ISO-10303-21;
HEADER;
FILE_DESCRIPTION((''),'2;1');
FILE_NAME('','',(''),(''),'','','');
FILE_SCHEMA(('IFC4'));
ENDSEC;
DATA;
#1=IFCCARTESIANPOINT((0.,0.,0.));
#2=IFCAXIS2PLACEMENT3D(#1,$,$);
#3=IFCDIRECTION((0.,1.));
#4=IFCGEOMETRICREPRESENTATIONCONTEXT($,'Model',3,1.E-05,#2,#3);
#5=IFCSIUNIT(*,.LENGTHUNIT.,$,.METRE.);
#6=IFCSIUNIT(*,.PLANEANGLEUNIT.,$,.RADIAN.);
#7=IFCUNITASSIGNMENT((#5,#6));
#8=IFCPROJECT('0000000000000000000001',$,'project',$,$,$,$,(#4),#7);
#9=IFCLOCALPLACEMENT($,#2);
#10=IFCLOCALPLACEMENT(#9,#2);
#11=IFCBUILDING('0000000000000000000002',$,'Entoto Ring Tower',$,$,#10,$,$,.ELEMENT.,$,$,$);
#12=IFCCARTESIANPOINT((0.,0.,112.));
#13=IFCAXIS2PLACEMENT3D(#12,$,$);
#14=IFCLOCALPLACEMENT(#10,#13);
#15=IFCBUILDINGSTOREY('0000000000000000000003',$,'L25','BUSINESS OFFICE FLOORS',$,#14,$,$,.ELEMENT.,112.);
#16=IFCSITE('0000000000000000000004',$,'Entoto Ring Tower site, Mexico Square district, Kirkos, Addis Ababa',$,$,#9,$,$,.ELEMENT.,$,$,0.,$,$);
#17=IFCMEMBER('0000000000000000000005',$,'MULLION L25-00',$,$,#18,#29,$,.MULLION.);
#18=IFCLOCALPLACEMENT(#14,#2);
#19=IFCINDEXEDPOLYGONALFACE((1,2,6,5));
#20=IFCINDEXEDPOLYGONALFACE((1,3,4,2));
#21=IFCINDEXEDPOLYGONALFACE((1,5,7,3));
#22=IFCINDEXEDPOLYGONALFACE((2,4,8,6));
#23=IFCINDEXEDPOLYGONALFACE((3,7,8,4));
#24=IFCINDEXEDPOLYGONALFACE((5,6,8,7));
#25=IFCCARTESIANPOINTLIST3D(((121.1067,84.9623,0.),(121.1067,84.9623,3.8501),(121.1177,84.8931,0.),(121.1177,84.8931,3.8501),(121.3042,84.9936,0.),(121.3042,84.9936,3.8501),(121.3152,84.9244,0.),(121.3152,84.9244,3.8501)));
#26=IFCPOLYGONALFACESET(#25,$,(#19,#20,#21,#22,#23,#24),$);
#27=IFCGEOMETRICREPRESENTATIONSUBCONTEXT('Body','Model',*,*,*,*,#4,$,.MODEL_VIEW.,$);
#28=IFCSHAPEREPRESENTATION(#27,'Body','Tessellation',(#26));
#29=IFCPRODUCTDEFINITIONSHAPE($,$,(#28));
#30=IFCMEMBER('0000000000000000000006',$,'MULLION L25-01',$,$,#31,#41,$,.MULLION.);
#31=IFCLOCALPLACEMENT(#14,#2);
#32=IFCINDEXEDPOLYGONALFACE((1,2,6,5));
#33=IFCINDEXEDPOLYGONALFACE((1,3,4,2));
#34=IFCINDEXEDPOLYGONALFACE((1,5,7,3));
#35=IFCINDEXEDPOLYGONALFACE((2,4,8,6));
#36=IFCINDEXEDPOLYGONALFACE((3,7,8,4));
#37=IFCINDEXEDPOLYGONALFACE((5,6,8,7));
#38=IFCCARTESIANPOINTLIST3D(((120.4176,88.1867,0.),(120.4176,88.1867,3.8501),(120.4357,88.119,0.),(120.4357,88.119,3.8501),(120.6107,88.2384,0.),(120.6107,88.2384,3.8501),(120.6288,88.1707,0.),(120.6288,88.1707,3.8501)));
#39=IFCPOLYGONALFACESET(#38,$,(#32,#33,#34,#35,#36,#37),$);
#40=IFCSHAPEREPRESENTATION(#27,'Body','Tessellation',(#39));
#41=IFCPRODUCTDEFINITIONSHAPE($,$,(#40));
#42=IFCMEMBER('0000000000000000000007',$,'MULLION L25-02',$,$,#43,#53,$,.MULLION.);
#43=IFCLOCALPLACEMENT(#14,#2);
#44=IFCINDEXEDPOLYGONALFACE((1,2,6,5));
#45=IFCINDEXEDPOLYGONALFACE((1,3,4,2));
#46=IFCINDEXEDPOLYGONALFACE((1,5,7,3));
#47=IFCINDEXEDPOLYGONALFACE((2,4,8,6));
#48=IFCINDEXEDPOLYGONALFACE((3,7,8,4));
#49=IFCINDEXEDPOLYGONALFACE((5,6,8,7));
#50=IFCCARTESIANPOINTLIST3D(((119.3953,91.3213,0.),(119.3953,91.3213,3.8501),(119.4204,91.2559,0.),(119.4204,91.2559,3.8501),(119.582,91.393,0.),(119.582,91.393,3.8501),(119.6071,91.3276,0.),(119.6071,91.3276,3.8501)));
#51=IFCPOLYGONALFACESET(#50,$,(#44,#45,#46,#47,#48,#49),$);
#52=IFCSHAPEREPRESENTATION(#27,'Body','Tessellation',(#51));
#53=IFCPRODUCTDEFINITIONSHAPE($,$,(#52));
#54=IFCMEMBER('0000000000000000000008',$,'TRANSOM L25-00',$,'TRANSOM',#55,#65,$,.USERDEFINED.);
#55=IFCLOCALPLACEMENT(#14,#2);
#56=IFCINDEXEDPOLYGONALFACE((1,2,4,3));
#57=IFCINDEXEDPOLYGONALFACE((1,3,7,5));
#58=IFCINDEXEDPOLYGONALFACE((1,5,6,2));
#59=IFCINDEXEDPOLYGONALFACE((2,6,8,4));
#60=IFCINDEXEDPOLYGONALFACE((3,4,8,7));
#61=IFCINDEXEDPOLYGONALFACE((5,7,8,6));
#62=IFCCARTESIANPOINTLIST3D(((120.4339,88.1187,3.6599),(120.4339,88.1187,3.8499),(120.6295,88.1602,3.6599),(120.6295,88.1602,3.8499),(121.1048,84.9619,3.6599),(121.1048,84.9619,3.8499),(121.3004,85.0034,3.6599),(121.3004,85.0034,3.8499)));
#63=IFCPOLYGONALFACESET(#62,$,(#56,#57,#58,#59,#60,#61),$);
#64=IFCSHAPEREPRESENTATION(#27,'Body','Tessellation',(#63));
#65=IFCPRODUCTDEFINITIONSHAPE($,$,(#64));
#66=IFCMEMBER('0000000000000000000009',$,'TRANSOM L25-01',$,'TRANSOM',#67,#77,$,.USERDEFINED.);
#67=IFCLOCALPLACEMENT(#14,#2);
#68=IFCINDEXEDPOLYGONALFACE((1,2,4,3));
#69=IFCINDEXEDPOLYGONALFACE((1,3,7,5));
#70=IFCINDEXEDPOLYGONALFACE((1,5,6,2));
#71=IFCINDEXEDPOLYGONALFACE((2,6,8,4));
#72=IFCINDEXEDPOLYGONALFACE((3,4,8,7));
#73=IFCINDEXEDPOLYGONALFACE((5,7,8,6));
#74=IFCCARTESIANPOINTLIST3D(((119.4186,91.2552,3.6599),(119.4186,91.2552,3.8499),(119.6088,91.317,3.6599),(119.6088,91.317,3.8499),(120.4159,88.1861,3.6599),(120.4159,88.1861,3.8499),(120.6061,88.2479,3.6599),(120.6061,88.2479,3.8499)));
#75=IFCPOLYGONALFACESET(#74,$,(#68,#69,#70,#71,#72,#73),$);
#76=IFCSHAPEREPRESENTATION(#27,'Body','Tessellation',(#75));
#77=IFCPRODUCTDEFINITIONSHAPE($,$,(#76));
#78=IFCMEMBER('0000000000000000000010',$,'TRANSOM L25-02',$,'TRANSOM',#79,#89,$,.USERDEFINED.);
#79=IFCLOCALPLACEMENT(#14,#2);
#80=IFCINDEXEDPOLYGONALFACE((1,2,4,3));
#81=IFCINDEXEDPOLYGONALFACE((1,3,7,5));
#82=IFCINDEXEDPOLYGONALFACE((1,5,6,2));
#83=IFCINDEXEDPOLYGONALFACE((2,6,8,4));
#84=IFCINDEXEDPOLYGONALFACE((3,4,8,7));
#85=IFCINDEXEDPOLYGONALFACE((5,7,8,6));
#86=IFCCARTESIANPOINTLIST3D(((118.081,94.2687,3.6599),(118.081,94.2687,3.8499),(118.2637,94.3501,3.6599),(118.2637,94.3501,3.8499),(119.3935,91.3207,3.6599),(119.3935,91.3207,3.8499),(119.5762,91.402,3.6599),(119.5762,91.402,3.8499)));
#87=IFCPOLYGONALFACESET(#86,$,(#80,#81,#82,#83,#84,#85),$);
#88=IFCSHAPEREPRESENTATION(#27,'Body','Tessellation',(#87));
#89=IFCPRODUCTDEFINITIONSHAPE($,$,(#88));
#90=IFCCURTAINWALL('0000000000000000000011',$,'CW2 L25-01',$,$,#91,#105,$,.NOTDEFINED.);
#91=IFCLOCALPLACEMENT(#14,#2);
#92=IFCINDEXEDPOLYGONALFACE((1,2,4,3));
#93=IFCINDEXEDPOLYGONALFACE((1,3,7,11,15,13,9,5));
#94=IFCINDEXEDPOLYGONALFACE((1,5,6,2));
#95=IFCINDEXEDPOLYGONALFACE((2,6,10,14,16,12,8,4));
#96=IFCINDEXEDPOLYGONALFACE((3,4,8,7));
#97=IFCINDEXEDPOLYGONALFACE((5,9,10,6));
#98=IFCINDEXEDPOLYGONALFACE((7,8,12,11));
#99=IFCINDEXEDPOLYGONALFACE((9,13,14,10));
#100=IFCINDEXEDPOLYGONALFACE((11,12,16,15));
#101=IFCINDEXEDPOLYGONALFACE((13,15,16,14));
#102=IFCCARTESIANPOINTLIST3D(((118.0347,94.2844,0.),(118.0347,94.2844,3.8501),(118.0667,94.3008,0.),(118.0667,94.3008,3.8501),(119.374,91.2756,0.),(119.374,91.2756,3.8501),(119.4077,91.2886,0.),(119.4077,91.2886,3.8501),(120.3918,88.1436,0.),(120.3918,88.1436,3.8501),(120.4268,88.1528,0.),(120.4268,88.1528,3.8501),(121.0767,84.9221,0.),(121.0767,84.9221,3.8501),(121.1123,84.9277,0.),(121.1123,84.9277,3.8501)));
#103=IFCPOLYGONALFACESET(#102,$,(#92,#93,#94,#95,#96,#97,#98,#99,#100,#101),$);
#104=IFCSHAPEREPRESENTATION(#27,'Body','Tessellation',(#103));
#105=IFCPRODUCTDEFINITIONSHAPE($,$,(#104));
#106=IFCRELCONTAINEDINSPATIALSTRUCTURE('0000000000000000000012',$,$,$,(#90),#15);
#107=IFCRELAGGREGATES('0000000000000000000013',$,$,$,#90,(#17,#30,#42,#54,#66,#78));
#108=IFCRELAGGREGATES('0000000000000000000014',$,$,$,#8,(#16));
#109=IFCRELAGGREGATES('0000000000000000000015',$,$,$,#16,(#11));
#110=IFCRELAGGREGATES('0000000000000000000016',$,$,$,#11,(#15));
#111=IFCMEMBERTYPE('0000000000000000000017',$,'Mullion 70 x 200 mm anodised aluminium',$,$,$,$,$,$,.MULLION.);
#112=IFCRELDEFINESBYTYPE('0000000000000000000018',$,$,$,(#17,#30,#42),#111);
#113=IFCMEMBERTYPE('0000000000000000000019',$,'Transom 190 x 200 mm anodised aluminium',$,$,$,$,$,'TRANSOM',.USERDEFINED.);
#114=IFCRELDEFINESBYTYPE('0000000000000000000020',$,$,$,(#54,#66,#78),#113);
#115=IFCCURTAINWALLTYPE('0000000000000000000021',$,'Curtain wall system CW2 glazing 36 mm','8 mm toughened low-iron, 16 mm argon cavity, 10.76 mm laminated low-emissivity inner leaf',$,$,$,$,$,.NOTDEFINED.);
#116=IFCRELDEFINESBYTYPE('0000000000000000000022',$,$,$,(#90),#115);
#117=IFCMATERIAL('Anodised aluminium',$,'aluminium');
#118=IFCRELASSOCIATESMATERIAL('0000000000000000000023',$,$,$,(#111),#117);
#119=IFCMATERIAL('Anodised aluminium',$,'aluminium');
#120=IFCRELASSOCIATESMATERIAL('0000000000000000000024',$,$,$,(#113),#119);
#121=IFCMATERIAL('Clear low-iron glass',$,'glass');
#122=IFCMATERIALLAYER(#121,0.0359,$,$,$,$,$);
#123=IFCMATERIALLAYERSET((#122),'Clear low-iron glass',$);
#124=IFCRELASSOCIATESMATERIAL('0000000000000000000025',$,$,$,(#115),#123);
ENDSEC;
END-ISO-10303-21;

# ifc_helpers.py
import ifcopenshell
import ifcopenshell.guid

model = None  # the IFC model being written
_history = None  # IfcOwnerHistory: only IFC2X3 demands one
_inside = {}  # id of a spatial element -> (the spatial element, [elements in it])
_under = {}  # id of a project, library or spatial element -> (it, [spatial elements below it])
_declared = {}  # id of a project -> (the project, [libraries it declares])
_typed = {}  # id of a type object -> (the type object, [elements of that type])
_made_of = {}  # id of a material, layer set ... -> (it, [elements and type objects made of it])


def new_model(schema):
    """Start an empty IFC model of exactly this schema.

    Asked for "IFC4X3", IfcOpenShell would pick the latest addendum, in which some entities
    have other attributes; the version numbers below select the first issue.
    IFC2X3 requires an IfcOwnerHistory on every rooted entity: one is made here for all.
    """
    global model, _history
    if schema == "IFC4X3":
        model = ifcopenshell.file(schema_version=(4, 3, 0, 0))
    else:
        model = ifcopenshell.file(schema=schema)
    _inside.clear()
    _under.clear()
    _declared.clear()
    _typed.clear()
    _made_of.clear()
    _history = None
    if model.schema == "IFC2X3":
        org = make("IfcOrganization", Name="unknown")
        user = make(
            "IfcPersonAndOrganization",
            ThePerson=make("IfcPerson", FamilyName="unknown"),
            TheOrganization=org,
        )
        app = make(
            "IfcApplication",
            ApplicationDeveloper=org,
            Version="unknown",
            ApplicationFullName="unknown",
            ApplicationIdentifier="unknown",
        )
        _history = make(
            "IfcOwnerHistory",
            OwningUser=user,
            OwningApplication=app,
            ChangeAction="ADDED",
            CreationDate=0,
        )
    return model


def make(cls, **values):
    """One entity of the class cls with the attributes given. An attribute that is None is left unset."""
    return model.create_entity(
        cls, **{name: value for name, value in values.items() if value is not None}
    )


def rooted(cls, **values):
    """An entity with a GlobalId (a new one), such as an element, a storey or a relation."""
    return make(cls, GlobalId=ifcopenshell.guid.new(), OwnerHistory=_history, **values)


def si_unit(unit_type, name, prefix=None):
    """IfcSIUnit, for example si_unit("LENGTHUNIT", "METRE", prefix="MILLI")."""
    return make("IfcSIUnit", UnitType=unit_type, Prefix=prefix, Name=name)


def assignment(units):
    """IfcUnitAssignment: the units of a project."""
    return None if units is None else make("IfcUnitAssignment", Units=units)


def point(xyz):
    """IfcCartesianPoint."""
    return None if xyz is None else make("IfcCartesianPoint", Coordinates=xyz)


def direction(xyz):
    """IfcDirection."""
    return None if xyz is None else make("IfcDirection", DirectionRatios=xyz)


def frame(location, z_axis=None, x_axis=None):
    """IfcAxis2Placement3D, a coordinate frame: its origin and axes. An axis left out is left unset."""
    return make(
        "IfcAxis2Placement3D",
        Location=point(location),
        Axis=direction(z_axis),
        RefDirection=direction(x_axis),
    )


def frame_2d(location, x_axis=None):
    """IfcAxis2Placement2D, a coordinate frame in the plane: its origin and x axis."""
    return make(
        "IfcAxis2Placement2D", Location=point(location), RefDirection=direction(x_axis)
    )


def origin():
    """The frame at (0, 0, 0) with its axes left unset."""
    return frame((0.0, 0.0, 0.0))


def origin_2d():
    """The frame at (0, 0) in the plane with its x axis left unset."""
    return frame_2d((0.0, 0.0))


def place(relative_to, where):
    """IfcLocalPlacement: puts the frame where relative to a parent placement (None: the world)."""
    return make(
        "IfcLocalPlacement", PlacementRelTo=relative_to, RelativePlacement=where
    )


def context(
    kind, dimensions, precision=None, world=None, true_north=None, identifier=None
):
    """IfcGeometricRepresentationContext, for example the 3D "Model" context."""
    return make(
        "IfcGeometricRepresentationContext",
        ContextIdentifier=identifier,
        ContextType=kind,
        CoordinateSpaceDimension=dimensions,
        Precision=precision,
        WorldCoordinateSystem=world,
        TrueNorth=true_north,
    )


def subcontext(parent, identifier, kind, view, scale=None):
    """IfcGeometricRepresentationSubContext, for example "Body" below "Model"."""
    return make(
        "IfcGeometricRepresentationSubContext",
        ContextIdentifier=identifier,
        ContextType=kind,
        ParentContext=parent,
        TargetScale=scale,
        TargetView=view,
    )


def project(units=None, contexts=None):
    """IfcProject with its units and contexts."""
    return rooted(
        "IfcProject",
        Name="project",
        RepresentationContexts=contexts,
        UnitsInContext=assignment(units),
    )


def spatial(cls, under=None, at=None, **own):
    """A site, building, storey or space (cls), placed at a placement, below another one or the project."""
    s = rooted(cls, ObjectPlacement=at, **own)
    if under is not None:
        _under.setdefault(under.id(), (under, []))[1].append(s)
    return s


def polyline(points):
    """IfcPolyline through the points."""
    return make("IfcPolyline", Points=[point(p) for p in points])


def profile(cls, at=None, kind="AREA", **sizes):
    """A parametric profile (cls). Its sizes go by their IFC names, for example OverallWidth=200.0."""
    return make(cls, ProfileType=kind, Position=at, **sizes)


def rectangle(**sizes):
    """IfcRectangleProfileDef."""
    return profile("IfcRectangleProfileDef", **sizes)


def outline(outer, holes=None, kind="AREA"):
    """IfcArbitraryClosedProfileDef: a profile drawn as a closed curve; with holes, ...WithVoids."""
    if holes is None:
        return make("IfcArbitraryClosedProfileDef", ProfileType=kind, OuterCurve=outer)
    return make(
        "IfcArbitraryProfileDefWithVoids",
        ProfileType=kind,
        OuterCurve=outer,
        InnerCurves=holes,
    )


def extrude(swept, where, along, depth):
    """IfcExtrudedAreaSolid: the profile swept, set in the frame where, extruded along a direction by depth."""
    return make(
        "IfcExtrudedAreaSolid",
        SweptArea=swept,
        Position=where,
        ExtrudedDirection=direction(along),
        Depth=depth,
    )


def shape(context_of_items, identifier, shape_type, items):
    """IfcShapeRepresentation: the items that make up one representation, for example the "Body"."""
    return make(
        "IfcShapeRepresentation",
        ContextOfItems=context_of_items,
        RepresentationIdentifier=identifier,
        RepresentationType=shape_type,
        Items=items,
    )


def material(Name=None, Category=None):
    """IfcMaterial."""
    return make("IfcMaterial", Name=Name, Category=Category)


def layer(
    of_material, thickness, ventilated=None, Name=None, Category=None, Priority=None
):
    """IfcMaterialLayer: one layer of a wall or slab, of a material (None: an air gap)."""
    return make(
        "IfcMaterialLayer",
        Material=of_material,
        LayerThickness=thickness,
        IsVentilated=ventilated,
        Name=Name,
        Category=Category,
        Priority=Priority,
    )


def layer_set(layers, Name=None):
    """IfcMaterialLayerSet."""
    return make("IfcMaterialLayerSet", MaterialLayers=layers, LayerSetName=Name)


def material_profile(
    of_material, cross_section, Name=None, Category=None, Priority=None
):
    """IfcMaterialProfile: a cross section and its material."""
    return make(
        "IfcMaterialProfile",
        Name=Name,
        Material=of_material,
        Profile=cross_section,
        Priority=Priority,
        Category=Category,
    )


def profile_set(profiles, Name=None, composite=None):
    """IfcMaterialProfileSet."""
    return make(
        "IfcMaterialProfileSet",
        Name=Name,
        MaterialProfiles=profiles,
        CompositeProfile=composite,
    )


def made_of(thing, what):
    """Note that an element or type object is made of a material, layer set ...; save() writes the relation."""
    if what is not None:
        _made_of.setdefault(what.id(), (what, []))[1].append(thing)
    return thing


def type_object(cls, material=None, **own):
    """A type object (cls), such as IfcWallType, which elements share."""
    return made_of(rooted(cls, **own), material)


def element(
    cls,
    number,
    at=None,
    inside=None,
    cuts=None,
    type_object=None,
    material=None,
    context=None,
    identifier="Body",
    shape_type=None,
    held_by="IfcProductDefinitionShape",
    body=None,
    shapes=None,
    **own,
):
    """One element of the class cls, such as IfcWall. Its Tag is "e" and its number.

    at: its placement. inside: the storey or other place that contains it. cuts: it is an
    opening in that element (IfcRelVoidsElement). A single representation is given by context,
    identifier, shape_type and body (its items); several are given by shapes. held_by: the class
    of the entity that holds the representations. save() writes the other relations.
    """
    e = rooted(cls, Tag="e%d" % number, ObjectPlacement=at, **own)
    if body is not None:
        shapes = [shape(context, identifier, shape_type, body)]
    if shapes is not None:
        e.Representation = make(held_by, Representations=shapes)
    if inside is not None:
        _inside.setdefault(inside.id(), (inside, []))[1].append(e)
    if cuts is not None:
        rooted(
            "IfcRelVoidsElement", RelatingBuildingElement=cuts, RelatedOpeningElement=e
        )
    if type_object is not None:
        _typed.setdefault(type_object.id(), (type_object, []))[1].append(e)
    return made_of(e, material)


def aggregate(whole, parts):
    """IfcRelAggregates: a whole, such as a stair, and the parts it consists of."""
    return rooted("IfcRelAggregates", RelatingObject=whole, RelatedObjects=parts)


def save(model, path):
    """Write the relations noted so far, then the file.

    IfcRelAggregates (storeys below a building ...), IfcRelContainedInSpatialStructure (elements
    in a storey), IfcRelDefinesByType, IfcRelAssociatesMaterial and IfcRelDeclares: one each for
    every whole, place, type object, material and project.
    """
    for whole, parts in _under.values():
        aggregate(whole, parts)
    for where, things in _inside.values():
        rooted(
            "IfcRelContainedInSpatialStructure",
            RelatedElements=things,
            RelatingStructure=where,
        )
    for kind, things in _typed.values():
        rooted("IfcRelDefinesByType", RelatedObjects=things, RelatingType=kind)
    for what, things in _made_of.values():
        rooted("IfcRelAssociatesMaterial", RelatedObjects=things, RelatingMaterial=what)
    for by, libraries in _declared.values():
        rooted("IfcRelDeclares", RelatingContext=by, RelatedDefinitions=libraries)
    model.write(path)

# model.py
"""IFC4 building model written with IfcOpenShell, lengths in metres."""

from ifc_helpers import new_model, si_unit, direction, frame, origin, origin_2d, place, context, subcontext, project, spatial, polyline, rectangle, outline, extrude, material, layer, layer_set, material_profile, profile_set, type_object, element, aggregate, save


model = new_model("IFC4")

# Units and contexts
model_context = context("Model", 3, precision=1e-05, world=origin(), true_north=direction((0.0, 1.0)))
body_context = subcontext(model_context, "Body", "Model", "MODEL_VIEW")
ifc_project = project(units=[si_unit("LENGTHUNIT", "METRE"), si_unit("PLANEANGLEUNIT", "RADIAN")], contexts=[model_context])

# Members
ifc_material_1 = material(Name="Anodised aluminium", Category="aluminium")
ifc_material_profile_1 = material_profile(ifc_material_1, rectangle(XDim=0.0701, YDim=0.2, at=origin_2d()), Name="Mullion 70 x 200 mm anodised aluminium")
ifc_profile_set_1 = profile_set([ifc_material_profile_1], Name="Anodised aluminium")
member_type_1 = type_object("IfcMemberType", Name="Mullion 70 x 200 mm anodised aluminium", PredefinedType="MULLION", material=ifc_profile_set_1)
site_placement = place(None, origin())
building_placement = place(site_placement, origin())
storey_placement = place(building_placement, frame((0.0, 0.0, 112.0)))
member_1_placement = place(storey_placement, frame((121.2109, 84.9434, 0.0), z_axis=(0.0, 0.0, 1.0), x_axis=(-0.156434, 0.987688, 0.0)))
member_1 = element("IfcMember", 1, at=member_1_placement, type_object=member_type_1, Name="MULLION L25-00", PredefinedType="MULLION", context=body_context, shape_type="SweptSolid", body=[
    extrude(rectangle(XDim=0.0701, YDim=0.2, at=origin_2d()), origin(), (0.0, 0.0, 1.0), 3.8501),
])
member_2_placement = place(storey_placement, frame((120.5232, 88.1787, 0.0), z_axis=(0.0, 0.0, 1.0), x_axis=(-0.258819, 0.965926, 0.0)))
member_2 = element("IfcMember", 2, at=member_2_placement, type_object=member_type_1, Name="MULLION L25-01", PredefinedType="MULLION", context=body_context, shape_type="SweptSolid", body=[
    extrude(rectangle(XDim=0.0701, YDim=0.2, at=origin_2d()), origin(), (0.0, 0.0, 1.0), 3.8501),
])
member_3_placement = place(storey_placement, frame((119.5012, 91.3245, 0.0), z_axis=(0.0, 0.0, 1.0), x_axis=(-0.358368, 0.93358, 0.0)))
member_3 = element("IfcMember", 3, at=member_3_placement, type_object=member_type_1, Name="MULLION L25-02", PredefinedType="MULLION", context=body_context, shape_type="SweptSolid", body=[
    extrude(rectangle(XDim=0.0701, YDim=0.2, at=origin_2d()), origin(), (0.0, 0.0, 1.0), 3.8501),
])
ifc_material_2 = material(Name="Anodised aluminium", Category="aluminium")
ifc_material_profile_2 = material_profile(ifc_material_2, rectangle(XDim=0.2, YDim=0.1899, at=origin_2d()), Name="Transom 190 x 200 mm anodised aluminium")
ifc_profile_set_2 = profile_set([ifc_material_profile_2], Name="Anodised aluminium")
member_type_2 = type_object("IfcMemberType", Name="Transom 190 x 200 mm anodised aluminium", ElementType="TRANSOM", PredefinedType="USERDEFINED", material=ifc_profile_set_2)
member_4_placement = place(storey_placement, frame((121.2026, 84.9827, 3.7549), z_axis=(-0.207886, 0.978153, 0.0), x_axis=(-0.978153, -0.207886, 0.0)))
member_4 = element("IfcMember", 4, at=member_4_placement, type_object=member_type_2, Name="TRANSOM L25-00", ObjectType="TRANSOM", PredefinedType="USERDEFINED", context=body_context, shape_type="SweptSolid", body=[
    extrude(rectangle(XDim=0.2, YDim=0.1899, at=origin_2d()), origin(), (0.0, 0.0, 1.0), 3.2273),
])
member_5_placement = place(storey_placement, frame((120.511, 88.217, 3.7549), z_axis=(-0.309047, 0.951047, 0.0), x_axis=(-0.951047, -0.309047, 0.0)))
member_5 = element("IfcMember", 5, at=member_5_placement, type_object=member_type_2, Name="TRANSOM L25-01", ObjectType="TRANSOM", PredefinedType="USERDEFINED", context=body_context, shape_type="SweptSolid", body=[
    extrude(rectangle(XDim=0.2, YDim=0.1899, at=origin_2d()), origin(), (0.0, 0.0, 1.0), 3.2271),
])
member_6_placement = place(storey_placement, frame((119.4849, 91.3613, 3.7549), z_axis=(-0.406728, 0.913549, 0.0), x_axis=(-0.913549, -0.406728, 0.0)))
member_6 = element("IfcMember", 6, at=member_6_placement, type_object=member_type_2, Name="TRANSOM L25-02", ObjectType="TRANSOM", PredefinedType="USERDEFINED", context=body_context, shape_type="SweptSolid", body=[
    extrude(rectangle(XDim=0.2, YDim=0.1899, at=origin_2d()), origin(), (0.0, 0.0, 1.0), 3.2271),
])

# Site, building, storey
site = spatial("IfcSite", under=ifc_project, at=site_placement, Name="Entoto Ring Tower site, Mexico Square district, Kirkos, Addis Ababa", CompositionType="ELEMENT", RefElevation=0.0)
building = spatial("IfcBuilding", under=site, at=building_placement, Name="Entoto Ring Tower", CompositionType="ELEMENT")
storey = spatial("IfcBuildingStorey", under=building, at=storey_placement, Name="L25", Description="BUSINESS OFFICE FLOORS", CompositionType="ELEMENT", Elevation=112.0)

# Curtain wall
ifc_material_3 = material(Name="Clear low-iron glass", Category="glass")
ifc_layer_1 = layer(ifc_material_3, 0.0359)
ifc_layer_set_1 = layer_set([ifc_layer_1], Name="Clear low-iron glass")
curtain_wall_type = type_object("IfcCurtainWallType", Name="Curtain wall system CW2 glazing 36 mm", Description="8 mm toughened low-iron, 16 mm argon cavity, 10.76 mm laminated low-emissivity inner leaf", PredefinedType="NOTDEFINED", material=ifc_layer_set_1)
curtain_wall_1_placement = place(storey_placement, origin())
curtain_wall_1 = element("IfcCurtainWall", 7, at=curtain_wall_1_placement, inside=storey, type_object=curtain_wall_type, Name="CW2 L25-01", PredefinedType="NOTDEFINED", context=body_context, shape_type="SweptSolid", body=[
    extrude(outline(polyline([(121.1123, 84.9277), (120.4268, 88.1528), (119.4077, 91.2886), (118.0667, 94.3008), (118.0347, 94.2844), (119.374, 91.2756), (120.3918, 88.1436), (121.0767, 84.9221), (121.1123, 84.9277)])), origin(), (0.0, 0.0, 1.0), 3.8501),
])
aggregate(curtain_wall_1, [member_1, member_2, member_3, member_4, member_5, member_6])

save(model, "model.ifc")
